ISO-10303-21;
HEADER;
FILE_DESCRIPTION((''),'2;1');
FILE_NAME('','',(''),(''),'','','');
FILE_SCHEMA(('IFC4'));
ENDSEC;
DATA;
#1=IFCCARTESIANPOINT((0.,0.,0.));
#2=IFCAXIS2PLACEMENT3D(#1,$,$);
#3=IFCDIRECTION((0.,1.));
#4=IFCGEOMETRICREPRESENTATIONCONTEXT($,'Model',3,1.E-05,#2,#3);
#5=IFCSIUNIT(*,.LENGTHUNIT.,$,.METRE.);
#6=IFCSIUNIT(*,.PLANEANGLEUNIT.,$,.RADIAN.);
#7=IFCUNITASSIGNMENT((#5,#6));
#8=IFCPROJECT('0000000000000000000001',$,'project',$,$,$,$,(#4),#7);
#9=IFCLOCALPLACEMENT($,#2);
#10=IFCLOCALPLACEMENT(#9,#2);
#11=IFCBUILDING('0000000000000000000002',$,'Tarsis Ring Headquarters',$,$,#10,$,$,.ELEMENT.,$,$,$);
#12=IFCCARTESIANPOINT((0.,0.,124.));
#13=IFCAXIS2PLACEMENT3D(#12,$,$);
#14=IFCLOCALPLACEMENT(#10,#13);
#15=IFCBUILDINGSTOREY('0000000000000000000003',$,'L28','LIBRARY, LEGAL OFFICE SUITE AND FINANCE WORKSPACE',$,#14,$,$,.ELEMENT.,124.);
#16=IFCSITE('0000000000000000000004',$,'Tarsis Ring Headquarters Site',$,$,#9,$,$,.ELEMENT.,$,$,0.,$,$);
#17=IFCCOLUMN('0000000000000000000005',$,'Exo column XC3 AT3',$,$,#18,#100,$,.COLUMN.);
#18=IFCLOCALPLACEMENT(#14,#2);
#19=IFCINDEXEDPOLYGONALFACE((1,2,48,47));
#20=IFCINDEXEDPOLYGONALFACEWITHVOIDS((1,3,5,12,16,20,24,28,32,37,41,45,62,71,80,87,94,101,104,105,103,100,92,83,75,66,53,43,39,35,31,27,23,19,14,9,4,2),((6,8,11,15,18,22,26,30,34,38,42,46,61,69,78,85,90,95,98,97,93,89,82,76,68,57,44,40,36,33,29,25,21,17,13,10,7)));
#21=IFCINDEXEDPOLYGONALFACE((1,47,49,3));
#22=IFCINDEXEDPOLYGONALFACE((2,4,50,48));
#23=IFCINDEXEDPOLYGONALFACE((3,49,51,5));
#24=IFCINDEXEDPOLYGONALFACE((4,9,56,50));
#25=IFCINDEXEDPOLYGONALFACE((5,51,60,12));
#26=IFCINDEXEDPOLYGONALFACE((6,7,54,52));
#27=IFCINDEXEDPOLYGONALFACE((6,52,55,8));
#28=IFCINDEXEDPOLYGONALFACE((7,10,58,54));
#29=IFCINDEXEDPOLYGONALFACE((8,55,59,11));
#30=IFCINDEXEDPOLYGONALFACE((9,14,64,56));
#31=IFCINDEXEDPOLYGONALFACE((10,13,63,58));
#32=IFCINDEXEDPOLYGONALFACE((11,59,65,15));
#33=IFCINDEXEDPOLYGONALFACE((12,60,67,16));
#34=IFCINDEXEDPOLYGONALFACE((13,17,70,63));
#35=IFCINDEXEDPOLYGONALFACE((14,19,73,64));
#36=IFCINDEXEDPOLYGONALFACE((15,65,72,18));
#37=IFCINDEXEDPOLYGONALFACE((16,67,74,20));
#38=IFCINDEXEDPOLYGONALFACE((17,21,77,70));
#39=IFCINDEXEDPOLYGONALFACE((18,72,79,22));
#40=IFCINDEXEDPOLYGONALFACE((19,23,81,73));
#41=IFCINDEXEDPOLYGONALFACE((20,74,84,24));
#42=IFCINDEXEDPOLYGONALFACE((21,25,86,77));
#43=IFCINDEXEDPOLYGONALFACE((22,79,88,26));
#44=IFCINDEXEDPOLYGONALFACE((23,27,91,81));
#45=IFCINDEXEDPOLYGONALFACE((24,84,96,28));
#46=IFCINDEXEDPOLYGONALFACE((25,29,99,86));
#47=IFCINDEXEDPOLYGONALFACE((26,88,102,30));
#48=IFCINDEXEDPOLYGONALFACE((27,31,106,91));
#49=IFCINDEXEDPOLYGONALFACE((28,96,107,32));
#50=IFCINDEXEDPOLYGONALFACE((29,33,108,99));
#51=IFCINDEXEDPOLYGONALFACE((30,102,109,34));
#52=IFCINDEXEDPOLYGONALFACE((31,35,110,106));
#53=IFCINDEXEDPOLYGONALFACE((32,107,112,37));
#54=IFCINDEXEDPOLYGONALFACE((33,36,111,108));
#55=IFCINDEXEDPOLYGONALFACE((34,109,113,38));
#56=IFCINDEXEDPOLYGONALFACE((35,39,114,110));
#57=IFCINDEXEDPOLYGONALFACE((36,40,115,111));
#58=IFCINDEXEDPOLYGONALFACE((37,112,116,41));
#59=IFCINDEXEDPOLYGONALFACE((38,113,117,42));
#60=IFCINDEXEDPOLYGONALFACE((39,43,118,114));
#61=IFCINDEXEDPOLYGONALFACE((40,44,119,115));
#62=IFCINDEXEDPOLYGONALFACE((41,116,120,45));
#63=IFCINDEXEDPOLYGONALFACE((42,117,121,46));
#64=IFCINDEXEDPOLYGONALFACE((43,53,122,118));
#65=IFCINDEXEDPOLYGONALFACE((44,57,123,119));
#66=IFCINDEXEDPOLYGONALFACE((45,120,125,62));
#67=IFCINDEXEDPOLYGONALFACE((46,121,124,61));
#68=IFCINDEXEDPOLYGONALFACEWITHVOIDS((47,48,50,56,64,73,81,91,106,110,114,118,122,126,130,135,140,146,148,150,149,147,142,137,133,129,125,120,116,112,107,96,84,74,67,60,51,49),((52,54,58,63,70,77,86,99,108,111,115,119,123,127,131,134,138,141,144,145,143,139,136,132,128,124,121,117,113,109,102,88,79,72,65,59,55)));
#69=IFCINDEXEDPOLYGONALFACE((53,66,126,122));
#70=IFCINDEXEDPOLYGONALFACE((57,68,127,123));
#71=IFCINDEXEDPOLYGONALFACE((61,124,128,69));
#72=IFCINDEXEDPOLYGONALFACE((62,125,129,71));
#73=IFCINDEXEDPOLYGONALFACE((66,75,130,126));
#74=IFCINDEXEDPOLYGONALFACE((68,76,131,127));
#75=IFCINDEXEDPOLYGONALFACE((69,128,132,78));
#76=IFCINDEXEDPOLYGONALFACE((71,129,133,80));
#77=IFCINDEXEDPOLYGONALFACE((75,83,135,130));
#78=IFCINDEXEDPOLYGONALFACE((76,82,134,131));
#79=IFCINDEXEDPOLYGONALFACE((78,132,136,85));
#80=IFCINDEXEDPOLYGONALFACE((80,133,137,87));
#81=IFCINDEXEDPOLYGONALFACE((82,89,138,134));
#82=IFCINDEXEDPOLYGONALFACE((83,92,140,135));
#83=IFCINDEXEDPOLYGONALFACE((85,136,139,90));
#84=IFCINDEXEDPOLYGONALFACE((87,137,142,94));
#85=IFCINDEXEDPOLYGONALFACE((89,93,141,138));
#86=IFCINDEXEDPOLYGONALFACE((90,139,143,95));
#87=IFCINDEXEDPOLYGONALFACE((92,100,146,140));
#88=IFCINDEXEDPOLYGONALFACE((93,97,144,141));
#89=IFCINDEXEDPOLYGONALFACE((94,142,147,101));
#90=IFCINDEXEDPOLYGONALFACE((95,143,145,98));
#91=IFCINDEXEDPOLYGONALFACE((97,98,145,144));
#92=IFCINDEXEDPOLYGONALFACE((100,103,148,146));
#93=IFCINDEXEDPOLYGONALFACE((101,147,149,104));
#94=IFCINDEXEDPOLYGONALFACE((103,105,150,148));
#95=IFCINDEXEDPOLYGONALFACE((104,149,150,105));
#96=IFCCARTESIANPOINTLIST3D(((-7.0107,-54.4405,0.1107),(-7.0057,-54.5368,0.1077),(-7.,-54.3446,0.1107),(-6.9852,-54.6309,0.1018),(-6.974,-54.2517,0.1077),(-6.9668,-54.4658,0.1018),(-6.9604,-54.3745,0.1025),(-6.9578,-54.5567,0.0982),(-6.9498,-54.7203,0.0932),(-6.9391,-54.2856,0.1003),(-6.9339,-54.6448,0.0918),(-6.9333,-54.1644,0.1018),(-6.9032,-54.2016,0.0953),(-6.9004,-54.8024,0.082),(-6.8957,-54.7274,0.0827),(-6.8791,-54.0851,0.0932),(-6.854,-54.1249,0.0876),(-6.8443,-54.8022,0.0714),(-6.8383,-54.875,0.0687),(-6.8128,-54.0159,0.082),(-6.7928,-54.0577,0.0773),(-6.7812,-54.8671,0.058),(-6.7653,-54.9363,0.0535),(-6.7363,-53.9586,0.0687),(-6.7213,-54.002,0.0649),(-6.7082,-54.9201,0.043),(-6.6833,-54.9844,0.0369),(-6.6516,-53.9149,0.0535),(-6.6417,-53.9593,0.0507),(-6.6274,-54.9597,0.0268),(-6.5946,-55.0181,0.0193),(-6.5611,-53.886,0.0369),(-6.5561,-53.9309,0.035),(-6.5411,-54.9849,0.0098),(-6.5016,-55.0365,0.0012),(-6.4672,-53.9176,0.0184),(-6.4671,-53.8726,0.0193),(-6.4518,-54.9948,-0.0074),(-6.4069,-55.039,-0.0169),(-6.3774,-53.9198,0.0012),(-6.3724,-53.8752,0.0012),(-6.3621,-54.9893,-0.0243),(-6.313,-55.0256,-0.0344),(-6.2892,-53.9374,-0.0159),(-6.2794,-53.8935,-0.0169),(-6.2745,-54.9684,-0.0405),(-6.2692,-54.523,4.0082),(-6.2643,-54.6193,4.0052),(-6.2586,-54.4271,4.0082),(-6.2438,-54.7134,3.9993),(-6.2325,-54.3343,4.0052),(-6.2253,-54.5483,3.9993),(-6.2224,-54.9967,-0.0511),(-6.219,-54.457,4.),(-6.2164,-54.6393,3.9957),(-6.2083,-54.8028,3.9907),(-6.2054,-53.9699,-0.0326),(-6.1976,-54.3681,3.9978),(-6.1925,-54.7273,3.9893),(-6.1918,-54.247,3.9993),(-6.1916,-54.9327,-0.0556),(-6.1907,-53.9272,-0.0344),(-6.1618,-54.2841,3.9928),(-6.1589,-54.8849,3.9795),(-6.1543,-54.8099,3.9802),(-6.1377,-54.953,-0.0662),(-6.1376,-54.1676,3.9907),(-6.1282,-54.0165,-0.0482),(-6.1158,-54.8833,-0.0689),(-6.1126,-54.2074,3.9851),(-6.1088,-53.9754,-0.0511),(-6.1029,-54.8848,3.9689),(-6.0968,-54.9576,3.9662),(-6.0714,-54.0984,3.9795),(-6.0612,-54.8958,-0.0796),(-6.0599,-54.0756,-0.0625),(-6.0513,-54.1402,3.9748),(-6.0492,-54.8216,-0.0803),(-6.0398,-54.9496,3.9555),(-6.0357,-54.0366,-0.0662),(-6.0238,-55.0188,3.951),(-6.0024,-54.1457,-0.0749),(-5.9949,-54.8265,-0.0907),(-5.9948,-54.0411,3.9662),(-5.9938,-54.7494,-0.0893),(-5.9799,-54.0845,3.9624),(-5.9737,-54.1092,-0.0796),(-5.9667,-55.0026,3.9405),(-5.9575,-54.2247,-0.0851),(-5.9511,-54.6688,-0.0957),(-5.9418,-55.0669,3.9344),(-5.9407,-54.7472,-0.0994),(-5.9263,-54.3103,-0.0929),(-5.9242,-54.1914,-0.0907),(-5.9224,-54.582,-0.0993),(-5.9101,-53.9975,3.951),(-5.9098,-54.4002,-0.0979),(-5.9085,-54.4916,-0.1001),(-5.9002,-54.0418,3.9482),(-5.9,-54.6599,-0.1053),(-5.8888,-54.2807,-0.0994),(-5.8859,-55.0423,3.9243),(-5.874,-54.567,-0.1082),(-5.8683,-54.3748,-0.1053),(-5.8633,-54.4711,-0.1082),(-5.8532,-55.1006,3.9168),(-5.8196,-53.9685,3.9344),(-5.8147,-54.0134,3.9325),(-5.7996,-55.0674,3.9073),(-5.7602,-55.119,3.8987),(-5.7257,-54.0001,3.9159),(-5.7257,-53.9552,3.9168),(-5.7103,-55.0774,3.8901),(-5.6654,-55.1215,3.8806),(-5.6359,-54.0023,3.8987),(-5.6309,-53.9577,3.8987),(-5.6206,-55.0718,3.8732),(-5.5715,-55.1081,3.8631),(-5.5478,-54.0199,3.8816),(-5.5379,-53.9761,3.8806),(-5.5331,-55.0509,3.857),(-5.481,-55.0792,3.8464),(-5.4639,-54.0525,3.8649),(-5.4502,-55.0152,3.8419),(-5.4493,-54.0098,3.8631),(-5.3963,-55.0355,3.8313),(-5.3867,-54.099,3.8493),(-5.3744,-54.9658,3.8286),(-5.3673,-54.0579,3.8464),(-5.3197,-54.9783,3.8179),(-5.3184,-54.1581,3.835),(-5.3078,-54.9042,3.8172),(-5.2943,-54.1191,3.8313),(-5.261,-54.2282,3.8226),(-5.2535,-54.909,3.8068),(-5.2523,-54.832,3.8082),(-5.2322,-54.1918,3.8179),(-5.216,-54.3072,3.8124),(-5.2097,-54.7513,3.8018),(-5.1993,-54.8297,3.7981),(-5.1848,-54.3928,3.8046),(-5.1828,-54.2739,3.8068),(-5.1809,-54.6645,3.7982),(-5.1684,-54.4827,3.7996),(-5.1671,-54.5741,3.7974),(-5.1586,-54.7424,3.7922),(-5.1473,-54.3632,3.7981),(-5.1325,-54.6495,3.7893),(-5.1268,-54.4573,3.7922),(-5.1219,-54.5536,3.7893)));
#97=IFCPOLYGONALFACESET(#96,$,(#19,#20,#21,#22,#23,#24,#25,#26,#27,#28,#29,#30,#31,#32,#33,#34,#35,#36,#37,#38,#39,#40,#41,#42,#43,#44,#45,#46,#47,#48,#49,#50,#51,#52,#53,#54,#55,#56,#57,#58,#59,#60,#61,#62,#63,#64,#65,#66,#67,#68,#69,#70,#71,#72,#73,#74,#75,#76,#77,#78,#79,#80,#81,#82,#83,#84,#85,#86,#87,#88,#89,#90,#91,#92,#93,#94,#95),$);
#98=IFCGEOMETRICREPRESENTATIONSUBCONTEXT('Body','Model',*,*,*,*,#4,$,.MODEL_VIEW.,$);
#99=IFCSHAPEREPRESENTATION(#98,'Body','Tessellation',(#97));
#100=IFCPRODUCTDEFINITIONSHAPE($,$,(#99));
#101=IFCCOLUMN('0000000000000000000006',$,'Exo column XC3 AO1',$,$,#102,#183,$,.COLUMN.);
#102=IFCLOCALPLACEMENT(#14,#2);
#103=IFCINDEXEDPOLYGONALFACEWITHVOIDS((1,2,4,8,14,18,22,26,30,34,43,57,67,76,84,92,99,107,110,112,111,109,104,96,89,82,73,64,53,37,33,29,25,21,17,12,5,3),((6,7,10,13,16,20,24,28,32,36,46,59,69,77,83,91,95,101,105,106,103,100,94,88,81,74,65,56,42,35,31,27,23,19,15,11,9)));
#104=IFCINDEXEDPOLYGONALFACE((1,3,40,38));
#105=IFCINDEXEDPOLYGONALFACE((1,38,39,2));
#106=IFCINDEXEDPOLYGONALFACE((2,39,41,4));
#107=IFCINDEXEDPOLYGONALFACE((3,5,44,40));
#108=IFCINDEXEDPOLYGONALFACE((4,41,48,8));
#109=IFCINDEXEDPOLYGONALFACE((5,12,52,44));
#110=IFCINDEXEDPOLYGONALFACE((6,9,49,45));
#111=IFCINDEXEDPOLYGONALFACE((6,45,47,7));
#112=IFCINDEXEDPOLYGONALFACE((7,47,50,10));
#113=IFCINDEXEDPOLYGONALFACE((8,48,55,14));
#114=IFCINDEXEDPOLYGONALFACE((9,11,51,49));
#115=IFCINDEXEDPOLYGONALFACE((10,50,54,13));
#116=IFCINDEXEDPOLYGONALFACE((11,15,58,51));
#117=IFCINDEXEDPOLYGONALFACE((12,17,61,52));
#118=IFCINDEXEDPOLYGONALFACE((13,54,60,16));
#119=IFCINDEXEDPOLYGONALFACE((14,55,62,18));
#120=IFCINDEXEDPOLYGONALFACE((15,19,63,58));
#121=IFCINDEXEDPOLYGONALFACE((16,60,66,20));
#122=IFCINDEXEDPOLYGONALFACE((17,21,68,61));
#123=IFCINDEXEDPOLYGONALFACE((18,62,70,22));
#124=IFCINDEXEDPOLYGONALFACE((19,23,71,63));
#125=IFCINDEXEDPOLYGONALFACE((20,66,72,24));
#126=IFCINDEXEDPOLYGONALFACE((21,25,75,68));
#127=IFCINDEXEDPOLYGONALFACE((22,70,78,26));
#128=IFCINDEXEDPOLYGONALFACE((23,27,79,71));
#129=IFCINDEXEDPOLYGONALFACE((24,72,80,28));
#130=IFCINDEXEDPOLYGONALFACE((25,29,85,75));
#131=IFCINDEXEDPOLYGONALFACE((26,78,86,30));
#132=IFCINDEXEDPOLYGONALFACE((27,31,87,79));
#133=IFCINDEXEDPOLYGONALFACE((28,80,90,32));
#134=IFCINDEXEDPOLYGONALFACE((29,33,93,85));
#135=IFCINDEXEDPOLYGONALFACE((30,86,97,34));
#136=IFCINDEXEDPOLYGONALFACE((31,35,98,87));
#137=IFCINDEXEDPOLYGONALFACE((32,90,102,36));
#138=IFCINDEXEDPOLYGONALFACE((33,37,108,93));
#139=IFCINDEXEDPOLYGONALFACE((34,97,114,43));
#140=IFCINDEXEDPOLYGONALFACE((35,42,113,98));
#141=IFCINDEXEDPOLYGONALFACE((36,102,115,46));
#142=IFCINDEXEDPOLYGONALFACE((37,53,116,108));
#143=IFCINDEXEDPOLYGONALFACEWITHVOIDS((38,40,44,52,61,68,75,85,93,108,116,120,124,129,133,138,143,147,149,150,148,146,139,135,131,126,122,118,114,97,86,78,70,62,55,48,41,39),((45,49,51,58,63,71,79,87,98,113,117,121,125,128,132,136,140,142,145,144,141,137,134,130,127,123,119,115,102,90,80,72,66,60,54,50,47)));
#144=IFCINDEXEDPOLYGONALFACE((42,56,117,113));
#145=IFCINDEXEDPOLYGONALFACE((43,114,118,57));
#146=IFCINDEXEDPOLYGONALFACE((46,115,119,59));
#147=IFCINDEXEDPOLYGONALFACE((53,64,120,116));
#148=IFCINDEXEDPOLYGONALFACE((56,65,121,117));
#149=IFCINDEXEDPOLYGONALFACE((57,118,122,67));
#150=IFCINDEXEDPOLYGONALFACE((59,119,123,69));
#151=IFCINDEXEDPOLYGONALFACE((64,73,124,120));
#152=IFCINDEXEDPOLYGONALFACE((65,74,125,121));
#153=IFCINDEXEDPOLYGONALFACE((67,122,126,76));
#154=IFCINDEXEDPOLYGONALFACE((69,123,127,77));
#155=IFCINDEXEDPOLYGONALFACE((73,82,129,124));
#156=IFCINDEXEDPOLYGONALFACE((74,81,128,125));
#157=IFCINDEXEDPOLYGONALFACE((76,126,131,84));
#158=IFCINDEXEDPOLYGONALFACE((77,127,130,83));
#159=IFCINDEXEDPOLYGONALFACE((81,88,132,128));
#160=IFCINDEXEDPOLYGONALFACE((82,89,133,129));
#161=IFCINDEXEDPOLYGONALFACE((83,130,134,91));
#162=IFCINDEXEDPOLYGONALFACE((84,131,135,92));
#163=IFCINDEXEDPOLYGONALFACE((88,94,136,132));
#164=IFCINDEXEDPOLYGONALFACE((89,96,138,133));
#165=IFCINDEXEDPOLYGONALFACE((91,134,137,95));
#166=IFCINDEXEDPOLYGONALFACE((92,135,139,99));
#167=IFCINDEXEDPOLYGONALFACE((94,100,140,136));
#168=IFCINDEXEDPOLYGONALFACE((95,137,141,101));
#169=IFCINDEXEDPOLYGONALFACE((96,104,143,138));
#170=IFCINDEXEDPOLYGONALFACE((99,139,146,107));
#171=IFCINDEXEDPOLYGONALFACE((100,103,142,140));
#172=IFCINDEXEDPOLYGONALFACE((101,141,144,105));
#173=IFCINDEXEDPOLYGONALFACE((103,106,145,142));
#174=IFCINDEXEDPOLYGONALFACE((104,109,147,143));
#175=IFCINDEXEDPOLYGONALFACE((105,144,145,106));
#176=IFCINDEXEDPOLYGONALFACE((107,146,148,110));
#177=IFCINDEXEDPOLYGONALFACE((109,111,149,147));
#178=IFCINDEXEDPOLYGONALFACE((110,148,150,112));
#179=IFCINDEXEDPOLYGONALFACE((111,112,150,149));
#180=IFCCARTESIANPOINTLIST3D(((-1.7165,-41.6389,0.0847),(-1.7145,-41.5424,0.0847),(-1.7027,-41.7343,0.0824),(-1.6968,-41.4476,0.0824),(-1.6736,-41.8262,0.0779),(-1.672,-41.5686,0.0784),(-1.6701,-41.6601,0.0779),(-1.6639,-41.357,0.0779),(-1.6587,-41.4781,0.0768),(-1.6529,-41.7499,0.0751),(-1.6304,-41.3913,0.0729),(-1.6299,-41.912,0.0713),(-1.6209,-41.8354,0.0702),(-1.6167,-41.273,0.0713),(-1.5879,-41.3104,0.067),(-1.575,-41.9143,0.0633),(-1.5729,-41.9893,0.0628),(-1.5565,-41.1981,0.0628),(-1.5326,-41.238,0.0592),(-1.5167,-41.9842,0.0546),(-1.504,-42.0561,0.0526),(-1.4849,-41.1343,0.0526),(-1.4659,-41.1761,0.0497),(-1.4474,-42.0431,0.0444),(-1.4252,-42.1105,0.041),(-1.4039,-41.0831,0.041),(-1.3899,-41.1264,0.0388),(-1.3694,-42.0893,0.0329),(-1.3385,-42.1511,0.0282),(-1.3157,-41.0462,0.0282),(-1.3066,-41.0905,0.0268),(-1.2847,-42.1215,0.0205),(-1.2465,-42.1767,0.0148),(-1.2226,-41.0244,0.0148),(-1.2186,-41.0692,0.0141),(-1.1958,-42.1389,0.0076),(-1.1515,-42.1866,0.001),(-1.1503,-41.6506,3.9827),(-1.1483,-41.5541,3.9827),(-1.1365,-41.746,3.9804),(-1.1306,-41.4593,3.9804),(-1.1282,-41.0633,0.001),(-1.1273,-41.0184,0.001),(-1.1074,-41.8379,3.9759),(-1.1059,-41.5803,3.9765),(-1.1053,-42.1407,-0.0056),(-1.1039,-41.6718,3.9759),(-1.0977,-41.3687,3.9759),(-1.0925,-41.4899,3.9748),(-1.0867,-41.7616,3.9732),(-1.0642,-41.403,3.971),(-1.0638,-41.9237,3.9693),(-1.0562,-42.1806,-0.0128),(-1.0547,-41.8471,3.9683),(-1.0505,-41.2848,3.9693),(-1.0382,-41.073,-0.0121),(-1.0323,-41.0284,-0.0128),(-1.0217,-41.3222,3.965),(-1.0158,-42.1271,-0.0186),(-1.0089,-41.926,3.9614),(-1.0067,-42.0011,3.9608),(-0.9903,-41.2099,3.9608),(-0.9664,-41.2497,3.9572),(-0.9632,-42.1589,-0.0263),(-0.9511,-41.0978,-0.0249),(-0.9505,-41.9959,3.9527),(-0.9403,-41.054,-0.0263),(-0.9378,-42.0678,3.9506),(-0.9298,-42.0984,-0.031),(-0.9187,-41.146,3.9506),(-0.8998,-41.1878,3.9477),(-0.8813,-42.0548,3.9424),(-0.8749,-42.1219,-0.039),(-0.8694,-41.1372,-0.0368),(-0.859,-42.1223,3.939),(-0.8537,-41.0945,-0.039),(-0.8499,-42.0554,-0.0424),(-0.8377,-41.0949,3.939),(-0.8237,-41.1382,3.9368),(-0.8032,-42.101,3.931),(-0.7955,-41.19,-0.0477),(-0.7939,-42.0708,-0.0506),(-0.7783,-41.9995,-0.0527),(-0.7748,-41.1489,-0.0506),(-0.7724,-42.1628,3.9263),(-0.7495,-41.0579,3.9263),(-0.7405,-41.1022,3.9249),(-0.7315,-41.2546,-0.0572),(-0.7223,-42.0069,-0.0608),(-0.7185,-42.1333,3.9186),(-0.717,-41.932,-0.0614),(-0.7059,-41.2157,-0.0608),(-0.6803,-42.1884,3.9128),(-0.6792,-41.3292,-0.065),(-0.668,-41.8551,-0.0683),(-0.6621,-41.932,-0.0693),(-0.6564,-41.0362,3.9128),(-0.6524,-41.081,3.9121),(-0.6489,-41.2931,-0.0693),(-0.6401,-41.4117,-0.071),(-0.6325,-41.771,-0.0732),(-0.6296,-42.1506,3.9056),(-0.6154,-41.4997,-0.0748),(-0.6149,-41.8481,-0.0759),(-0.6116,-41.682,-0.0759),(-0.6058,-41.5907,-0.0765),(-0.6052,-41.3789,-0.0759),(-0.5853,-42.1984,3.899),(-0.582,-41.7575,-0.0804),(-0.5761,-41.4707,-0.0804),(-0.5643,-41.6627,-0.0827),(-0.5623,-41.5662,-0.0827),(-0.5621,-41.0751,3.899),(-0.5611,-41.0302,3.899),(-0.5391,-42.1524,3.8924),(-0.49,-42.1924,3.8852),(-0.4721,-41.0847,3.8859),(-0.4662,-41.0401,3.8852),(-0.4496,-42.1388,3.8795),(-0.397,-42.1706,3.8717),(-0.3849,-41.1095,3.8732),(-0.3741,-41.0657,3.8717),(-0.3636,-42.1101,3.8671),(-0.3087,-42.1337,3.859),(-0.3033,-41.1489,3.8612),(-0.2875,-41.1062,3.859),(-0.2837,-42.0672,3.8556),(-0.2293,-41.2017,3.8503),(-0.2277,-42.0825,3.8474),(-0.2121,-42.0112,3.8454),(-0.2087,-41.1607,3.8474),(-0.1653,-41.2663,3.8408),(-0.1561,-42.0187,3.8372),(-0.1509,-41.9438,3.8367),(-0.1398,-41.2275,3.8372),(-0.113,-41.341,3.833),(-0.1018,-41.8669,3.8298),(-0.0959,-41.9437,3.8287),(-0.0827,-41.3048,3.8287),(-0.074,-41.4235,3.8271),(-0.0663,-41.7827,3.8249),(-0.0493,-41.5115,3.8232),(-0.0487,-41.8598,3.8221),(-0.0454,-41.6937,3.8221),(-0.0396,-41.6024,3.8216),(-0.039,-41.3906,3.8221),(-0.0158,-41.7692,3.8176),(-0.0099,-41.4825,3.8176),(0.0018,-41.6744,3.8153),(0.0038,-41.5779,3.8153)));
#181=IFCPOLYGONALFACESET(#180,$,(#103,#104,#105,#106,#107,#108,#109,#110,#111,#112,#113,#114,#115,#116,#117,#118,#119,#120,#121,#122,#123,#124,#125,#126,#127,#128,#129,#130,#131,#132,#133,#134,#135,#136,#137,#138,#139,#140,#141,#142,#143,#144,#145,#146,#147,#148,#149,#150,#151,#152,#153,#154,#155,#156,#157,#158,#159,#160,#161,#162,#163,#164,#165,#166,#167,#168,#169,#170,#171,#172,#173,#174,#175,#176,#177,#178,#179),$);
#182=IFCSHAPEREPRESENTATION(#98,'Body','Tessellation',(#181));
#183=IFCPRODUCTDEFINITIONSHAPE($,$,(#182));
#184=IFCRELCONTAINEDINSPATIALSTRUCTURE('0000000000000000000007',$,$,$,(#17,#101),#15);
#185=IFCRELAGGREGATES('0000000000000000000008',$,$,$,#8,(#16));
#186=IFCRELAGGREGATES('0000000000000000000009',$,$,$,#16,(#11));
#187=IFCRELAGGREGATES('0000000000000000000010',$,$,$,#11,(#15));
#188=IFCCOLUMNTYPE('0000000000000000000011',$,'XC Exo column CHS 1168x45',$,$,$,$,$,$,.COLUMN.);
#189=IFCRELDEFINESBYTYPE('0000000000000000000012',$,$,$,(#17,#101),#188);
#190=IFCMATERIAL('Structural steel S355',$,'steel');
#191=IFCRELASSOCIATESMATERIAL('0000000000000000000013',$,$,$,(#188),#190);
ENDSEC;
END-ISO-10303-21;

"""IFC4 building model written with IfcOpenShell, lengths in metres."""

from ifc_helpers import new_model, si_unit, direction, frame, origin, origin_2d, place, context, subcontext, project, spatial, hollow_circle, extrude, material, material_profile, profile_set, type_object, element, save


model = new_model("IFC4")

# Units and contexts
model_context = context("Model", 3, precision=1e-05, world=origin(), true_north=direction((0.0, 1.0)))
body_context = subcontext(model_context, "Body", "Model", "MODEL_VIEW")
ifc_project = project(units=[si_unit("LENGTHUNIT", "METRE"), si_unit("PLANEANGLEUNIT", "RADIAN")], contexts=[model_context])

# Site, building, storey
site_placement = place(None, origin())
site = spatial("IfcSite", under=ifc_project, at=site_placement, Name="Tarsis Ring Headquarters Site", CompositionType="ELEMENT", RefElevation=0.0)
building_placement = place(site_placement, origin())
building = spatial("IfcBuilding", under=site, at=building_placement, Name="Tarsis Ring Headquarters", CompositionType="ELEMENT")
storey_placement = place(building_placement, frame((0.0, 0.0, 124.0)))
storey = spatial("IfcBuildingStorey", under=building, at=storey_placement, Name="L28", Description="LIBRARY, LEGAL OFFICE SUITE AND FINANCE WORKSPACE", CompositionType="ELEMENT", Elevation=124.0)

# Columns
ifc_material_1 = material(Name="Structural steel S355", Category="steel")
ifc_material_profile_1 = material_profile(ifc_material_1, hollow_circle(Radius=0.5842, WallThickness=0.0449, at=origin_2d()), Name="CHS 1168x45")
ifc_profile_set_1 = profile_set([ifc_material_profile_1], Name="Structural steel S355")
column_type = type_object("IfcColumnType", Name="XC Exo column CHS 1168x45", PredefinedType="COLUMN", material=ifc_profile_set_1)
column_1_placement = place(storey_placement, frame((-6.437, -54.4558, 0.0012), z_axis=(0.186848, -0.020795, 0.982169), x_axis=(0.110611, 0.993864, 0.0)))
element("IfcColumn", 1, at=column_1_placement, inside=storey, type_object=column_type, Name="Exo column XC3 AT3", PredefinedType="COLUMN", context=body_context, shape_type="SweptSolid", body=[
    extrude(hollow_circle(Radius=0.5842, WallThickness=0.0449, at=origin_2d()), origin(), (0.0, 0.0, 1.0), 3.9683),
])
column_2_placement = place(storey_placement, frame((-1.1394, -41.6025, 0.001), z_axis=(0.143737, -0.002975, 0.989611), x_axis=(0.020694, 0.999786, 0.0)))
element("IfcColumn", 2, at=column_2_placement, inside=storey, type_object=column_type, Name="Exo column XC3 AO1", PredefinedType="COLUMN", context=body_context, shape_type="SweptSolid", body=[
    extrude(hollow_circle(Radius=0.5842, WallThickness=0.0449, at=origin_2d()), origin(), (0.0, 0.0, 1.0), 3.939),
])

save(model, "model.ifc")
